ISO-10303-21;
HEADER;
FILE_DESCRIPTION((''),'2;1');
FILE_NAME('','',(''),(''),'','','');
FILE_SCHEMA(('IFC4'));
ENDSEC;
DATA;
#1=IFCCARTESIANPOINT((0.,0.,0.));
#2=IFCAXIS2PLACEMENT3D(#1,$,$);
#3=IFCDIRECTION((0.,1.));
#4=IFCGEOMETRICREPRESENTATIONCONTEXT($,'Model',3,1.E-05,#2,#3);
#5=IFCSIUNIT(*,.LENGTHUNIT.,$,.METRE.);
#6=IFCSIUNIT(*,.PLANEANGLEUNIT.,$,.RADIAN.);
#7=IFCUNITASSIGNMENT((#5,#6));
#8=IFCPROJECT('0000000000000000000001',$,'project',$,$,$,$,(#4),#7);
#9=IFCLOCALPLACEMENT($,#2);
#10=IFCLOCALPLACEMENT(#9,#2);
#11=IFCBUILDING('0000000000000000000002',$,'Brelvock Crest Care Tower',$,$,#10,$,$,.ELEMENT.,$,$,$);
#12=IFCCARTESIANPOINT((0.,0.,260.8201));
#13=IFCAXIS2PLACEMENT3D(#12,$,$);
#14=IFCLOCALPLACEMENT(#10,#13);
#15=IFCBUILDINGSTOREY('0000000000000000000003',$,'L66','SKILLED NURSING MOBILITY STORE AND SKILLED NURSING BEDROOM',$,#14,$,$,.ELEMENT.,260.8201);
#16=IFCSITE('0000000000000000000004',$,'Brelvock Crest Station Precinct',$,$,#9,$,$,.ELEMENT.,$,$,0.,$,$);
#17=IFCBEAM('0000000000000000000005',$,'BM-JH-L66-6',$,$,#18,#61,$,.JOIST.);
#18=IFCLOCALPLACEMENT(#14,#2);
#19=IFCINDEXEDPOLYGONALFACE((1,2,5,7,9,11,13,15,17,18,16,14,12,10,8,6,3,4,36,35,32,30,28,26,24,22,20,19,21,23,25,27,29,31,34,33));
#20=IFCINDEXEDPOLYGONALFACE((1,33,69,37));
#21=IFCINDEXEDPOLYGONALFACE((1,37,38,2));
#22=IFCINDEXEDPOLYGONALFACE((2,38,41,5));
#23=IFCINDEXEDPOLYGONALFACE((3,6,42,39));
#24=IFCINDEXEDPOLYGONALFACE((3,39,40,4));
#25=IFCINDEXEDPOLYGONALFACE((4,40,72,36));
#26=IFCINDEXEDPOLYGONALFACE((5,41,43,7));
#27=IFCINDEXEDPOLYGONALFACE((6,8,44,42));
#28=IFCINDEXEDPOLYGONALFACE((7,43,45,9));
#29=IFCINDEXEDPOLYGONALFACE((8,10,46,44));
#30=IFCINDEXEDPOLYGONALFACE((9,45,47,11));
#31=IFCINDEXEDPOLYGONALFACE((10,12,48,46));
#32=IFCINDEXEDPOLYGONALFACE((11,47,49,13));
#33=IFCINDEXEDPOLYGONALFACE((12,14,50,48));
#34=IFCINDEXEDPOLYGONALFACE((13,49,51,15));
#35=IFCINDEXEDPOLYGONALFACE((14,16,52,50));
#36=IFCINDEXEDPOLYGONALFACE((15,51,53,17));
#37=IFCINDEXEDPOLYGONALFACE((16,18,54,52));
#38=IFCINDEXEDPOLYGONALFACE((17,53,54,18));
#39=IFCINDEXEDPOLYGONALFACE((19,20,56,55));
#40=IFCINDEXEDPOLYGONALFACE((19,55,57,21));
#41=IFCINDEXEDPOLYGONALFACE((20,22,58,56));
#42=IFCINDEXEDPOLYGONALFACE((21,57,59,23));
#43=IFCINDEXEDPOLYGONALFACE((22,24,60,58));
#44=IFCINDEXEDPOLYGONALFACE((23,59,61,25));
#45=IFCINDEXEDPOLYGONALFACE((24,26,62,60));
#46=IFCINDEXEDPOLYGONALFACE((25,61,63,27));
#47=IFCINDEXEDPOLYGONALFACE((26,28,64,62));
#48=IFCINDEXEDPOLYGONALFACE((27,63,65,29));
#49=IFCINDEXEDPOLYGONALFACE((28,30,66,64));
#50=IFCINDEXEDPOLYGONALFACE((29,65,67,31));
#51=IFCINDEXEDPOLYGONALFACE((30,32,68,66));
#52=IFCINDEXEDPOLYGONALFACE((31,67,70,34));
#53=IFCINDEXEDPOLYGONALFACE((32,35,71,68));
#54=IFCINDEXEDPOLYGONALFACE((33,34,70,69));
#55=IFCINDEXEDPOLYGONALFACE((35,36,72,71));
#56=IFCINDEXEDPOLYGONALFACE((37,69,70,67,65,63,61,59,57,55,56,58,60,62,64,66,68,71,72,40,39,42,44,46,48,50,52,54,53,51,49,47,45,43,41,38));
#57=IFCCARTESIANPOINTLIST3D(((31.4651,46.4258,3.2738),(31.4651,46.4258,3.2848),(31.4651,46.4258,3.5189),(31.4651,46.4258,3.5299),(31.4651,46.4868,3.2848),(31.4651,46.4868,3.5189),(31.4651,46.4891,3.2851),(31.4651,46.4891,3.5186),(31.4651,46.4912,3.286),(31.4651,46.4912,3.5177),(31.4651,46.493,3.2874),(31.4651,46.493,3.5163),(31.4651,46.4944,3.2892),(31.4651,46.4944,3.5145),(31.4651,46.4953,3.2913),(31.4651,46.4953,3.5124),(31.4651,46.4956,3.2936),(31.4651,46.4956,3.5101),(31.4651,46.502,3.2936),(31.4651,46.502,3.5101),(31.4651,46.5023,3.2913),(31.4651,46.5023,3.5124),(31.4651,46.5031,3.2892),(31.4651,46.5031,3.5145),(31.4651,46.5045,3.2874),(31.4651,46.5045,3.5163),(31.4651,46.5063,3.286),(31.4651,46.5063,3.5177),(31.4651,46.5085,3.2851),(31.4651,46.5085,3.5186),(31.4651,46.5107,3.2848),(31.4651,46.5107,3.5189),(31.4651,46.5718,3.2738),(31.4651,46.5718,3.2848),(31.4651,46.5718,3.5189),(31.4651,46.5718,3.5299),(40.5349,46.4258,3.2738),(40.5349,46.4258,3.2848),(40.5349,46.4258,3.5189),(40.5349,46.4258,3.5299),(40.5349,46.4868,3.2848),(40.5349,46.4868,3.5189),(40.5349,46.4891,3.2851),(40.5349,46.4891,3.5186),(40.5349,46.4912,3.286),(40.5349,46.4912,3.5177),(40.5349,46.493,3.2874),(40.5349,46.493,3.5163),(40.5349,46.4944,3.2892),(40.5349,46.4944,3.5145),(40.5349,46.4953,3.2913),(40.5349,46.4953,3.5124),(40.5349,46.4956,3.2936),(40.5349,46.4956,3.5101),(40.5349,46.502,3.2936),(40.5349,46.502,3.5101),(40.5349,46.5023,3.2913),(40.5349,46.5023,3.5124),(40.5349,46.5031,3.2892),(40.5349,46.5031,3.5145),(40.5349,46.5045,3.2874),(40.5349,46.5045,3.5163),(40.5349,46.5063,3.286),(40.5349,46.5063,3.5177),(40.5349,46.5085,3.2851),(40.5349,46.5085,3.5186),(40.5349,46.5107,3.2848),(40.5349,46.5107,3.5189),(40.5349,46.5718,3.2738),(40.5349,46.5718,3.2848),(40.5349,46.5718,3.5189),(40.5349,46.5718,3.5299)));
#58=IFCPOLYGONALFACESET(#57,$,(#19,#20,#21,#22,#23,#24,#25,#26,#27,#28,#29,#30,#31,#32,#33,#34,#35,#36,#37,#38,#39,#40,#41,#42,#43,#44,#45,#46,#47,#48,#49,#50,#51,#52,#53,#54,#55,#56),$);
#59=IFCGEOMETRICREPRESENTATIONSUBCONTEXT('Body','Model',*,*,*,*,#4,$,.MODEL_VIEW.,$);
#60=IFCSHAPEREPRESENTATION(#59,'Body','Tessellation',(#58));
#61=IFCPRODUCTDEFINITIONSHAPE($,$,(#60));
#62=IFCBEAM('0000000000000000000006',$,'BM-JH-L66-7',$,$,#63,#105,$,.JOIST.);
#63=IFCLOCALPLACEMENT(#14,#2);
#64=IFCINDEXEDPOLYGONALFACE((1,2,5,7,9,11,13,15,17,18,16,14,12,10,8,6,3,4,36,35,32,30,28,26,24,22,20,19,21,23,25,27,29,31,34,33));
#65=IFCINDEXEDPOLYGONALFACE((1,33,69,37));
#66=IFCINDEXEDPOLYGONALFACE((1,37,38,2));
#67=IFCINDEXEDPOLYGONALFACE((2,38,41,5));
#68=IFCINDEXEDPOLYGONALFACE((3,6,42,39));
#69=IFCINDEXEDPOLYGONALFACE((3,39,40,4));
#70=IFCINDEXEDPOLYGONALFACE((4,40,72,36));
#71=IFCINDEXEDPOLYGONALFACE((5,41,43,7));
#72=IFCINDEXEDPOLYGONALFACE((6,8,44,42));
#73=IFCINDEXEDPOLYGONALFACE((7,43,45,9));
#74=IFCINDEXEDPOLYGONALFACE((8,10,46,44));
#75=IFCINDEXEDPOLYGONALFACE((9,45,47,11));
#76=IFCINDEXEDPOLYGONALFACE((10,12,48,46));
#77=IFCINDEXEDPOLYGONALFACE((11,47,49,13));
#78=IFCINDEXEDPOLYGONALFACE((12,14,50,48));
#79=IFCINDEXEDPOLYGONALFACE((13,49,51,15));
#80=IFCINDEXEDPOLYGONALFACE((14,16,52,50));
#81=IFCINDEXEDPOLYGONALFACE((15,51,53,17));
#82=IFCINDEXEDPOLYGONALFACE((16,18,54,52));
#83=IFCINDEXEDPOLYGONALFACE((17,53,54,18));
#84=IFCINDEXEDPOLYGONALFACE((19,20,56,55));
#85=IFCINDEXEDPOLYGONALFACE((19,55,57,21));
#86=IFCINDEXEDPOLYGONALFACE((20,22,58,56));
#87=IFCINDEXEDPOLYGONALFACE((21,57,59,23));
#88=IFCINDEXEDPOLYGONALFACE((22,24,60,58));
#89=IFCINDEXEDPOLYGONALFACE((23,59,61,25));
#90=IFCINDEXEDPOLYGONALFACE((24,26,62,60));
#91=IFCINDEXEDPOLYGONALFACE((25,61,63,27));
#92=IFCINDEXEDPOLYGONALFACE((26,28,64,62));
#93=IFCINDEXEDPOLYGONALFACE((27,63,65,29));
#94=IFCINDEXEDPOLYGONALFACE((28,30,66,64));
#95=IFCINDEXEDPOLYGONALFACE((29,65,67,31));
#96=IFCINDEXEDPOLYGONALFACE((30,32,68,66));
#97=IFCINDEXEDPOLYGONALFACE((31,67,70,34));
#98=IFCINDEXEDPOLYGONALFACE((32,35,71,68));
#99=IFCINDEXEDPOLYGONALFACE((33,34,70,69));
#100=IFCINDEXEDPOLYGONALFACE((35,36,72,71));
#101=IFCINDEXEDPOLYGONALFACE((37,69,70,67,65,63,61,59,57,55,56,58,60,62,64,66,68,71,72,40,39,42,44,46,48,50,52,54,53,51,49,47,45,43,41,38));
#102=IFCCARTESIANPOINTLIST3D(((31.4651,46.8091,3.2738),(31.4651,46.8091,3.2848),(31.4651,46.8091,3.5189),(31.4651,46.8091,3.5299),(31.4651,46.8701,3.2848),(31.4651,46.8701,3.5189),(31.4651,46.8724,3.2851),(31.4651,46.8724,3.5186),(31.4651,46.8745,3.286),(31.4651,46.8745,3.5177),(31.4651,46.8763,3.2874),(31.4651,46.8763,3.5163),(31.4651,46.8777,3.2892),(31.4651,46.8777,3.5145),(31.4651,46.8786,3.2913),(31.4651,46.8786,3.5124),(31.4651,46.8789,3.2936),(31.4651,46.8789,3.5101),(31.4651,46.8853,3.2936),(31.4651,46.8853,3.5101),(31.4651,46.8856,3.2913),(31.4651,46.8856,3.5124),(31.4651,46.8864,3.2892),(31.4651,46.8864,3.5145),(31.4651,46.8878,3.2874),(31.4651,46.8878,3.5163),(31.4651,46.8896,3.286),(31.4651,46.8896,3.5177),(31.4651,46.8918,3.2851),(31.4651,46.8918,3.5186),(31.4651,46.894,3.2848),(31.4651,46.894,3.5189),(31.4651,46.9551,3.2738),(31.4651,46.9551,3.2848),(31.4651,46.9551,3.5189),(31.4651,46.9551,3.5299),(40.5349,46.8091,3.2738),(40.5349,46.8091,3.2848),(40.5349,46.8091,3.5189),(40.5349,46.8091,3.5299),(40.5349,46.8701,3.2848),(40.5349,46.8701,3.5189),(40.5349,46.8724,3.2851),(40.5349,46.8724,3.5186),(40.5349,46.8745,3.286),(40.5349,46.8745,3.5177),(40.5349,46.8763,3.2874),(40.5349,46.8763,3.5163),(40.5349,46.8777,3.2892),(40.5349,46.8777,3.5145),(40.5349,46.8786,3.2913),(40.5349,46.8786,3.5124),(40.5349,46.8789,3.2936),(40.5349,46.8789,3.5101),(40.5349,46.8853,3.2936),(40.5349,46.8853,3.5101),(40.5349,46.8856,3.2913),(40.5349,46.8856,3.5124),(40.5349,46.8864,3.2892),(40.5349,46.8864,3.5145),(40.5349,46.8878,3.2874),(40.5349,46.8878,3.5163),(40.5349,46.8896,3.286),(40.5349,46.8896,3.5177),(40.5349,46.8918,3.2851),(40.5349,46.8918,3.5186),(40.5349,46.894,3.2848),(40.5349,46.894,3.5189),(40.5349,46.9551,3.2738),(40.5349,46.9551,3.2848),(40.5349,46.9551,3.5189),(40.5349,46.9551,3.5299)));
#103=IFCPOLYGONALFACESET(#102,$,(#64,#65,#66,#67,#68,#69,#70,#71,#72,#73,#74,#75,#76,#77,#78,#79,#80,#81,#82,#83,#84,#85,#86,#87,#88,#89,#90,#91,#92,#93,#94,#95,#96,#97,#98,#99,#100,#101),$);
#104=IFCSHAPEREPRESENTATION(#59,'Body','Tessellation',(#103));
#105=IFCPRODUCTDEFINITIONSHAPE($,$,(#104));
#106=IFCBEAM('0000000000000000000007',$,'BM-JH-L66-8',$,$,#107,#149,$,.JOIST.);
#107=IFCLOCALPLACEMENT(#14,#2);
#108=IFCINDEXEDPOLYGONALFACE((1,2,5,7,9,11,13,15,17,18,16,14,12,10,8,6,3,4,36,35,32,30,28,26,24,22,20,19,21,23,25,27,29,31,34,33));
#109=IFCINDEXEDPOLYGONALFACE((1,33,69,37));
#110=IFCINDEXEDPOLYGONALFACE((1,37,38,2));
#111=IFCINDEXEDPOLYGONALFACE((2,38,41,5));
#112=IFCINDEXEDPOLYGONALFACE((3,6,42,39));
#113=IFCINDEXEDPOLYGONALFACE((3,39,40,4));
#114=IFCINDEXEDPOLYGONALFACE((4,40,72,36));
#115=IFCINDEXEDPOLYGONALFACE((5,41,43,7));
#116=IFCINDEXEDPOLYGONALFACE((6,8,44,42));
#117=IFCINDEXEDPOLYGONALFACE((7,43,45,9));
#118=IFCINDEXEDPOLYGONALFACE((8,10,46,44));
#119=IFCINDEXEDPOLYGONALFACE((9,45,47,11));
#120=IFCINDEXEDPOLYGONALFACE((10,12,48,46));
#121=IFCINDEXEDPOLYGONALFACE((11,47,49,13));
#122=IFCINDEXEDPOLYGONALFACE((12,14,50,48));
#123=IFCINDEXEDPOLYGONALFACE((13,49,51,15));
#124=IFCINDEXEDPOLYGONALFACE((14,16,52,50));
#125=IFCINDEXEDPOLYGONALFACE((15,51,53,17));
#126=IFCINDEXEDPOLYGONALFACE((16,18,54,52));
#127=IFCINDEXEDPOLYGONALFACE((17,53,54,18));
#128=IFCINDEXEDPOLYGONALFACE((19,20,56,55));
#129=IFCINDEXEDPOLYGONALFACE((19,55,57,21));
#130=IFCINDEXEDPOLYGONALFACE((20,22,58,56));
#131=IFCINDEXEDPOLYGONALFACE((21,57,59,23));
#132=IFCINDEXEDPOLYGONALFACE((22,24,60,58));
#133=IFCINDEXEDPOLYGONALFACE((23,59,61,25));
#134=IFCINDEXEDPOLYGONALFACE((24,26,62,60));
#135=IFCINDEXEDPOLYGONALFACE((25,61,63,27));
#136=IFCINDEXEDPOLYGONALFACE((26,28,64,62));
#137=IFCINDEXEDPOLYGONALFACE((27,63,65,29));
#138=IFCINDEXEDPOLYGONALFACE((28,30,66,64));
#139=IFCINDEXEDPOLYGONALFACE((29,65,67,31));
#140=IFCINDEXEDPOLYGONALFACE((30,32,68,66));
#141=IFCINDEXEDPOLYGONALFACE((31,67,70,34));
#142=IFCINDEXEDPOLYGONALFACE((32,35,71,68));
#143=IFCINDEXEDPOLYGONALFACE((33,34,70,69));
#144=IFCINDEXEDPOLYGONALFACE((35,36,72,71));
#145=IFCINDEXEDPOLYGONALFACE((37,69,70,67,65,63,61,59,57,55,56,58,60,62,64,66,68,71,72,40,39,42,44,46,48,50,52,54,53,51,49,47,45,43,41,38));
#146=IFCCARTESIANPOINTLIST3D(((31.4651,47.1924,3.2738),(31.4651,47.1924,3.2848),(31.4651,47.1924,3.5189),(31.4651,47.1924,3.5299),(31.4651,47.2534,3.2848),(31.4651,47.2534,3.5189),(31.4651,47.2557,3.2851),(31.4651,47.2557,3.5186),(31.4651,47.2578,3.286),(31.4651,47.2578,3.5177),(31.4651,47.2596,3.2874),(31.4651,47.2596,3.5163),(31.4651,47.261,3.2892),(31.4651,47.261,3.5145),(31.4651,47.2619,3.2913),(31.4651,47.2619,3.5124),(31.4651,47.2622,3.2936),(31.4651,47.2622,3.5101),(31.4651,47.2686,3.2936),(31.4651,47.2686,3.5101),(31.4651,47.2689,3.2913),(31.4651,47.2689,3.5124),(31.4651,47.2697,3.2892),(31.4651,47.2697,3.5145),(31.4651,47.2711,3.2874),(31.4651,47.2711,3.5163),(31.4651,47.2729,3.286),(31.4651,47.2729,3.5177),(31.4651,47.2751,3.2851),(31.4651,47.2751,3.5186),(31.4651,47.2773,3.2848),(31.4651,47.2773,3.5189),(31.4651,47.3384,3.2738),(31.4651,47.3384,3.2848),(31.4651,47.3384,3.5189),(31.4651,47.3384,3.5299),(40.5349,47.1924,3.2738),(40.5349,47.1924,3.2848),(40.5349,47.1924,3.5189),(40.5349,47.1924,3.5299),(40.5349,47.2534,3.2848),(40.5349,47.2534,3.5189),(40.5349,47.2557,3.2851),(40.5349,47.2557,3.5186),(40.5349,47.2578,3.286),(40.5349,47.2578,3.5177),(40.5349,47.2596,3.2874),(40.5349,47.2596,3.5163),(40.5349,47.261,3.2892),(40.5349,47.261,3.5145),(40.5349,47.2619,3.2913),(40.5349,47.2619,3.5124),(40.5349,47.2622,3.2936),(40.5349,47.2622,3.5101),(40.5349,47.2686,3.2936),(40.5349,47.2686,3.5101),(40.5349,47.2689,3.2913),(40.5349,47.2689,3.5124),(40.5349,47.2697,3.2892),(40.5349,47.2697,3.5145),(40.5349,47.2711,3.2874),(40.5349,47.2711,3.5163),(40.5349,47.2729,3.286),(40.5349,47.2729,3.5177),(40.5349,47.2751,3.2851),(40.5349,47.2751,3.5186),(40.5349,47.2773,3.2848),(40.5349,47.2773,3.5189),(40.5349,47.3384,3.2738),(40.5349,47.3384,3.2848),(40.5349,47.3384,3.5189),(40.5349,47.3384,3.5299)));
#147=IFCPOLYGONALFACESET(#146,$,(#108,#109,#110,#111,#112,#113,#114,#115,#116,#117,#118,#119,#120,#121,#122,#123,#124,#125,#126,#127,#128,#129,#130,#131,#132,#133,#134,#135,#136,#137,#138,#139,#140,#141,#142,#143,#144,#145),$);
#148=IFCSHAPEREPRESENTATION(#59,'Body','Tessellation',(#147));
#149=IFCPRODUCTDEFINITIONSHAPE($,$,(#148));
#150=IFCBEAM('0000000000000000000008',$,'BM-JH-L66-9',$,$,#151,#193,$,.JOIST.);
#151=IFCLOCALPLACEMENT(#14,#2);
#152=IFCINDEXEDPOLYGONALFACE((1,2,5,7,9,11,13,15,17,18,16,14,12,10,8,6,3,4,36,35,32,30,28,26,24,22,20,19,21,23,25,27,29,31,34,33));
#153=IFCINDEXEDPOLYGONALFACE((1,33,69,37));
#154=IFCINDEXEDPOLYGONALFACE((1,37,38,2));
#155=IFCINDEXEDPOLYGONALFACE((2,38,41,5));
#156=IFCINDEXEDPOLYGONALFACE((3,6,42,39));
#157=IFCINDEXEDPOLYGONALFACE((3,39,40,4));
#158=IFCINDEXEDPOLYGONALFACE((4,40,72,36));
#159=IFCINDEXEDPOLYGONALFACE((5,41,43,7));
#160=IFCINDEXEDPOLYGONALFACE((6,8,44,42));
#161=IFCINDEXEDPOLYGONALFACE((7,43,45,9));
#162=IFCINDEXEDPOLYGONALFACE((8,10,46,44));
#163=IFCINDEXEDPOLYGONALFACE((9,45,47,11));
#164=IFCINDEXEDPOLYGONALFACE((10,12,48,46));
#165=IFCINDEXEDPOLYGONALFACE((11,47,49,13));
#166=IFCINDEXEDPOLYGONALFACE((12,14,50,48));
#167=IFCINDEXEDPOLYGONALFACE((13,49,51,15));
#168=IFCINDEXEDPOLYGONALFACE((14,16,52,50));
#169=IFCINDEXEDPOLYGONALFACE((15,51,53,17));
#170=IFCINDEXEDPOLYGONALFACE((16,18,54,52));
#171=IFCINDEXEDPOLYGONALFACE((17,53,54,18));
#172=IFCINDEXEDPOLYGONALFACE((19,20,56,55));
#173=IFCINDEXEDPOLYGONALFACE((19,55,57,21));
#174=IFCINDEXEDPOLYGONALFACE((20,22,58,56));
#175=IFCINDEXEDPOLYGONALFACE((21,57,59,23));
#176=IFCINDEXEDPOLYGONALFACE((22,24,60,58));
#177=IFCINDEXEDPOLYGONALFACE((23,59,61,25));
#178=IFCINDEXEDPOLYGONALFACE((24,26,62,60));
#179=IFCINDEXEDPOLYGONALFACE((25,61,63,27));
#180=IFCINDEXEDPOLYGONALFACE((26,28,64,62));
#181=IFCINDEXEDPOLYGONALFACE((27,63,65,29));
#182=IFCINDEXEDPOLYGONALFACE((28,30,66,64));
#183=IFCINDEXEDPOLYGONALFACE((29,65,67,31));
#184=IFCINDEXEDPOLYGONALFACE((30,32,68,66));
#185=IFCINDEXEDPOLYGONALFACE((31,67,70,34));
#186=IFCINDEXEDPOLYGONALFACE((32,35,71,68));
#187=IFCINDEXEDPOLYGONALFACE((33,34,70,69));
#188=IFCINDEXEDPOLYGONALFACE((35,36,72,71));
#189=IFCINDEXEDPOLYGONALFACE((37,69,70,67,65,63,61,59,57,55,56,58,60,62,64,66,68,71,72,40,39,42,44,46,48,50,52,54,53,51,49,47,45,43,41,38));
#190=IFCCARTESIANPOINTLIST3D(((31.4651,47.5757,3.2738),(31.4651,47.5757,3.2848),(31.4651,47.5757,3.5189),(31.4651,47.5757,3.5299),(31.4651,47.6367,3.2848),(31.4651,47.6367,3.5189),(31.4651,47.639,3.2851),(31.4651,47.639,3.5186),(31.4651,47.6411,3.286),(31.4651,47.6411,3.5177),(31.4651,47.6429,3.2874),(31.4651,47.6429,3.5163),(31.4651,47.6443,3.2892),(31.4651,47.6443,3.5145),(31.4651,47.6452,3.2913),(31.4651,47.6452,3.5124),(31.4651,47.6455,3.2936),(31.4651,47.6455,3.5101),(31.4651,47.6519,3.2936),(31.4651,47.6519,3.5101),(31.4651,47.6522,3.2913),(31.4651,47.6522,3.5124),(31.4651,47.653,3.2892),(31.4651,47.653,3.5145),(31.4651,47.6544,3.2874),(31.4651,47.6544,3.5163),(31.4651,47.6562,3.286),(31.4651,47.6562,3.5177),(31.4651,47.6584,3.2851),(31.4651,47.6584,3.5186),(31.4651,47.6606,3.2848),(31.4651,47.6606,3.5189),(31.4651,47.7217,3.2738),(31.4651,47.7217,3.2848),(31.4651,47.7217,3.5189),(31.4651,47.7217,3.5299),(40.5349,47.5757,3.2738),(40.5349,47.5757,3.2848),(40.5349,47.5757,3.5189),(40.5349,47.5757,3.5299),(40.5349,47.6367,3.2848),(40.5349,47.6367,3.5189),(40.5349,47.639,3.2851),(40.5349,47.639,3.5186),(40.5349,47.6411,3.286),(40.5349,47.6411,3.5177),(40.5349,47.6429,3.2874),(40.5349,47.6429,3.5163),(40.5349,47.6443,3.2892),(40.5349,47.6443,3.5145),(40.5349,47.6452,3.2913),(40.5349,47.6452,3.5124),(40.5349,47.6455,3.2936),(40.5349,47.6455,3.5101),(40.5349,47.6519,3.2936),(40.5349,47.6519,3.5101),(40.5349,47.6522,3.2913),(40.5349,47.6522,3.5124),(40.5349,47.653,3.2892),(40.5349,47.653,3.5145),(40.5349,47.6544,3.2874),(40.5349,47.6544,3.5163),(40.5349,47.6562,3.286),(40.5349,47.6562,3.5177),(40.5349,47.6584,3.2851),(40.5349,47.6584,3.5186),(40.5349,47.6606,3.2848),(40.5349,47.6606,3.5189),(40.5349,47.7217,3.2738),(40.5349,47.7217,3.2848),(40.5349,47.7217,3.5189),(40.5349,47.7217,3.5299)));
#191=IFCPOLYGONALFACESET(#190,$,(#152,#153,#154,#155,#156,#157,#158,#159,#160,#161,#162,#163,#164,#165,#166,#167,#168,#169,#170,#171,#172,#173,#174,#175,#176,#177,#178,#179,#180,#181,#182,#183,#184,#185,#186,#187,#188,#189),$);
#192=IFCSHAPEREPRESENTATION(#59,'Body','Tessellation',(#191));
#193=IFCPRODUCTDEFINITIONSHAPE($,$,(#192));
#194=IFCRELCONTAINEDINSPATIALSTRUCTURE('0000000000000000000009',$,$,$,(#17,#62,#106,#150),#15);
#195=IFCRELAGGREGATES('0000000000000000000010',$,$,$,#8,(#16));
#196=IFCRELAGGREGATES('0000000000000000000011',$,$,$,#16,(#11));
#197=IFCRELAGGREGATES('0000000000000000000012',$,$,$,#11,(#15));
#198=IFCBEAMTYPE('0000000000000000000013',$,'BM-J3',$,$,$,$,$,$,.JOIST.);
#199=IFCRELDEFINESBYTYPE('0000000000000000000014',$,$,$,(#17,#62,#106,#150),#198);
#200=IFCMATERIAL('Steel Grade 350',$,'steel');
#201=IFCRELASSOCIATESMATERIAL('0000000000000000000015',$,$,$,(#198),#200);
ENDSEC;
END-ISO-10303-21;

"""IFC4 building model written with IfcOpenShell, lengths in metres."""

from ifc_helpers import new_model, si_unit, direction, frame, origin, origin_2d, place, context, subcontext, project, spatial, i_section, extrude, source, transform, mapped, material, material_profile, profile_set, type_object, element, save


model = new_model("IFC4")

# Units and contexts
model_context = context("Model", 3, precision=1e-05, world=origin(), true_north=direction((0.0, 1.0)))
body_context = subcontext(model_context, "Body", "Model", "MODEL_VIEW")
ifc_project = project(units=[si_unit("LENGTHUNIT", "METRE"), si_unit("PLANEANGLEUNIT", "RADIAN")], contexts=[model_context])

# Site, building, storey
site_placement = place(None, origin())
site = spatial("IfcSite", under=ifc_project, at=site_placement, Name="Brelvock Crest Station Precinct", CompositionType="ELEMENT", RefElevation=0.0)
building_placement = place(site_placement, origin())
building = spatial("IfcBuilding", under=site, at=building_placement, Name="Brelvock Crest Care Tower", CompositionType="ELEMENT")
storey_placement = place(building_placement, frame((0.0, 0.0, 260.8201)))
storey = spatial("IfcBuildingStorey", under=building, at=storey_placement, Name="L66", Description="SKILLED NURSING MOBILITY STORE AND SKILLED NURSING BEDROOM", CompositionType="ELEMENT", Elevation=260.8201)

# Beams
ifc_material_1 = material(Name="Steel Grade 350", Category="steel")
ifc_material_profile_1 = material_profile(ifc_material_1, i_section(OverallWidth=0.146, OverallDepth=0.2561, WebThickness=0.0063, FlangeThickness=0.011, FilletRadius=0.0088, at=origin_2d()), Name="250UB37.3")
ifc_profile_set_1 = profile_set([ifc_material_profile_1], Name="Steel Grade 350")
beam_type_1 = type_object("IfcBeamType", Name="BM-J3", PredefinedType="JOIST", material=ifc_profile_set_1)
shared_shape_1 = source(origin(), body_context, "Body", "SweptSolid", [
    extrude(i_section(OverallWidth=0.146, OverallDepth=0.2561, WebThickness=0.0063, FlangeThickness=0.011, FilletRadius=0.0088, at=origin_2d()), origin(), (0.0, 0.0, 1.0), 9.0698),
])
for number, where, z_axis, x_axis, name in (
    (1, (31.4651, 46.4988, 3.4019), (1.0, 0.0, 0.0), (0.0, 1.0, 0.0), "BM-JH-L66-6"),
    (2, (31.4651, 46.8821, 3.4019), (1.0, 0.0, 0.0), (0.0, 1.0, 0.0), "BM-JH-L66-7"),
    (3, (31.4651, 47.2654, 3.4019), (1.0, 0.0, 0.0), (0.0, 1.0, 0.0), "BM-JH-L66-8"),
    (4, (31.4651, 47.6487, 3.4019), (1.0, 0.0, 0.0), (0.0, 1.0, 0.0), "BM-JH-L66-9"),
):
    element("IfcBeam", number, at=place(storey_placement, frame(where, z_axis=z_axis, x_axis=x_axis)), inside=storey, type_object=beam_type_1, Name=name, PredefinedType="JOIST", context=body_context, shape_type="MappedRepresentation", body=[
        mapped(shared_shape_1, transform((0.0, 0.0, 0.0), x_axis=(1.0, 0.0, 0.0), y_axis=(0.0, 1.0, 0.0), z_axis=(0.0, 0.0, 1.0), scale=1.0)),
    ])

save(model, "model.ifc")
